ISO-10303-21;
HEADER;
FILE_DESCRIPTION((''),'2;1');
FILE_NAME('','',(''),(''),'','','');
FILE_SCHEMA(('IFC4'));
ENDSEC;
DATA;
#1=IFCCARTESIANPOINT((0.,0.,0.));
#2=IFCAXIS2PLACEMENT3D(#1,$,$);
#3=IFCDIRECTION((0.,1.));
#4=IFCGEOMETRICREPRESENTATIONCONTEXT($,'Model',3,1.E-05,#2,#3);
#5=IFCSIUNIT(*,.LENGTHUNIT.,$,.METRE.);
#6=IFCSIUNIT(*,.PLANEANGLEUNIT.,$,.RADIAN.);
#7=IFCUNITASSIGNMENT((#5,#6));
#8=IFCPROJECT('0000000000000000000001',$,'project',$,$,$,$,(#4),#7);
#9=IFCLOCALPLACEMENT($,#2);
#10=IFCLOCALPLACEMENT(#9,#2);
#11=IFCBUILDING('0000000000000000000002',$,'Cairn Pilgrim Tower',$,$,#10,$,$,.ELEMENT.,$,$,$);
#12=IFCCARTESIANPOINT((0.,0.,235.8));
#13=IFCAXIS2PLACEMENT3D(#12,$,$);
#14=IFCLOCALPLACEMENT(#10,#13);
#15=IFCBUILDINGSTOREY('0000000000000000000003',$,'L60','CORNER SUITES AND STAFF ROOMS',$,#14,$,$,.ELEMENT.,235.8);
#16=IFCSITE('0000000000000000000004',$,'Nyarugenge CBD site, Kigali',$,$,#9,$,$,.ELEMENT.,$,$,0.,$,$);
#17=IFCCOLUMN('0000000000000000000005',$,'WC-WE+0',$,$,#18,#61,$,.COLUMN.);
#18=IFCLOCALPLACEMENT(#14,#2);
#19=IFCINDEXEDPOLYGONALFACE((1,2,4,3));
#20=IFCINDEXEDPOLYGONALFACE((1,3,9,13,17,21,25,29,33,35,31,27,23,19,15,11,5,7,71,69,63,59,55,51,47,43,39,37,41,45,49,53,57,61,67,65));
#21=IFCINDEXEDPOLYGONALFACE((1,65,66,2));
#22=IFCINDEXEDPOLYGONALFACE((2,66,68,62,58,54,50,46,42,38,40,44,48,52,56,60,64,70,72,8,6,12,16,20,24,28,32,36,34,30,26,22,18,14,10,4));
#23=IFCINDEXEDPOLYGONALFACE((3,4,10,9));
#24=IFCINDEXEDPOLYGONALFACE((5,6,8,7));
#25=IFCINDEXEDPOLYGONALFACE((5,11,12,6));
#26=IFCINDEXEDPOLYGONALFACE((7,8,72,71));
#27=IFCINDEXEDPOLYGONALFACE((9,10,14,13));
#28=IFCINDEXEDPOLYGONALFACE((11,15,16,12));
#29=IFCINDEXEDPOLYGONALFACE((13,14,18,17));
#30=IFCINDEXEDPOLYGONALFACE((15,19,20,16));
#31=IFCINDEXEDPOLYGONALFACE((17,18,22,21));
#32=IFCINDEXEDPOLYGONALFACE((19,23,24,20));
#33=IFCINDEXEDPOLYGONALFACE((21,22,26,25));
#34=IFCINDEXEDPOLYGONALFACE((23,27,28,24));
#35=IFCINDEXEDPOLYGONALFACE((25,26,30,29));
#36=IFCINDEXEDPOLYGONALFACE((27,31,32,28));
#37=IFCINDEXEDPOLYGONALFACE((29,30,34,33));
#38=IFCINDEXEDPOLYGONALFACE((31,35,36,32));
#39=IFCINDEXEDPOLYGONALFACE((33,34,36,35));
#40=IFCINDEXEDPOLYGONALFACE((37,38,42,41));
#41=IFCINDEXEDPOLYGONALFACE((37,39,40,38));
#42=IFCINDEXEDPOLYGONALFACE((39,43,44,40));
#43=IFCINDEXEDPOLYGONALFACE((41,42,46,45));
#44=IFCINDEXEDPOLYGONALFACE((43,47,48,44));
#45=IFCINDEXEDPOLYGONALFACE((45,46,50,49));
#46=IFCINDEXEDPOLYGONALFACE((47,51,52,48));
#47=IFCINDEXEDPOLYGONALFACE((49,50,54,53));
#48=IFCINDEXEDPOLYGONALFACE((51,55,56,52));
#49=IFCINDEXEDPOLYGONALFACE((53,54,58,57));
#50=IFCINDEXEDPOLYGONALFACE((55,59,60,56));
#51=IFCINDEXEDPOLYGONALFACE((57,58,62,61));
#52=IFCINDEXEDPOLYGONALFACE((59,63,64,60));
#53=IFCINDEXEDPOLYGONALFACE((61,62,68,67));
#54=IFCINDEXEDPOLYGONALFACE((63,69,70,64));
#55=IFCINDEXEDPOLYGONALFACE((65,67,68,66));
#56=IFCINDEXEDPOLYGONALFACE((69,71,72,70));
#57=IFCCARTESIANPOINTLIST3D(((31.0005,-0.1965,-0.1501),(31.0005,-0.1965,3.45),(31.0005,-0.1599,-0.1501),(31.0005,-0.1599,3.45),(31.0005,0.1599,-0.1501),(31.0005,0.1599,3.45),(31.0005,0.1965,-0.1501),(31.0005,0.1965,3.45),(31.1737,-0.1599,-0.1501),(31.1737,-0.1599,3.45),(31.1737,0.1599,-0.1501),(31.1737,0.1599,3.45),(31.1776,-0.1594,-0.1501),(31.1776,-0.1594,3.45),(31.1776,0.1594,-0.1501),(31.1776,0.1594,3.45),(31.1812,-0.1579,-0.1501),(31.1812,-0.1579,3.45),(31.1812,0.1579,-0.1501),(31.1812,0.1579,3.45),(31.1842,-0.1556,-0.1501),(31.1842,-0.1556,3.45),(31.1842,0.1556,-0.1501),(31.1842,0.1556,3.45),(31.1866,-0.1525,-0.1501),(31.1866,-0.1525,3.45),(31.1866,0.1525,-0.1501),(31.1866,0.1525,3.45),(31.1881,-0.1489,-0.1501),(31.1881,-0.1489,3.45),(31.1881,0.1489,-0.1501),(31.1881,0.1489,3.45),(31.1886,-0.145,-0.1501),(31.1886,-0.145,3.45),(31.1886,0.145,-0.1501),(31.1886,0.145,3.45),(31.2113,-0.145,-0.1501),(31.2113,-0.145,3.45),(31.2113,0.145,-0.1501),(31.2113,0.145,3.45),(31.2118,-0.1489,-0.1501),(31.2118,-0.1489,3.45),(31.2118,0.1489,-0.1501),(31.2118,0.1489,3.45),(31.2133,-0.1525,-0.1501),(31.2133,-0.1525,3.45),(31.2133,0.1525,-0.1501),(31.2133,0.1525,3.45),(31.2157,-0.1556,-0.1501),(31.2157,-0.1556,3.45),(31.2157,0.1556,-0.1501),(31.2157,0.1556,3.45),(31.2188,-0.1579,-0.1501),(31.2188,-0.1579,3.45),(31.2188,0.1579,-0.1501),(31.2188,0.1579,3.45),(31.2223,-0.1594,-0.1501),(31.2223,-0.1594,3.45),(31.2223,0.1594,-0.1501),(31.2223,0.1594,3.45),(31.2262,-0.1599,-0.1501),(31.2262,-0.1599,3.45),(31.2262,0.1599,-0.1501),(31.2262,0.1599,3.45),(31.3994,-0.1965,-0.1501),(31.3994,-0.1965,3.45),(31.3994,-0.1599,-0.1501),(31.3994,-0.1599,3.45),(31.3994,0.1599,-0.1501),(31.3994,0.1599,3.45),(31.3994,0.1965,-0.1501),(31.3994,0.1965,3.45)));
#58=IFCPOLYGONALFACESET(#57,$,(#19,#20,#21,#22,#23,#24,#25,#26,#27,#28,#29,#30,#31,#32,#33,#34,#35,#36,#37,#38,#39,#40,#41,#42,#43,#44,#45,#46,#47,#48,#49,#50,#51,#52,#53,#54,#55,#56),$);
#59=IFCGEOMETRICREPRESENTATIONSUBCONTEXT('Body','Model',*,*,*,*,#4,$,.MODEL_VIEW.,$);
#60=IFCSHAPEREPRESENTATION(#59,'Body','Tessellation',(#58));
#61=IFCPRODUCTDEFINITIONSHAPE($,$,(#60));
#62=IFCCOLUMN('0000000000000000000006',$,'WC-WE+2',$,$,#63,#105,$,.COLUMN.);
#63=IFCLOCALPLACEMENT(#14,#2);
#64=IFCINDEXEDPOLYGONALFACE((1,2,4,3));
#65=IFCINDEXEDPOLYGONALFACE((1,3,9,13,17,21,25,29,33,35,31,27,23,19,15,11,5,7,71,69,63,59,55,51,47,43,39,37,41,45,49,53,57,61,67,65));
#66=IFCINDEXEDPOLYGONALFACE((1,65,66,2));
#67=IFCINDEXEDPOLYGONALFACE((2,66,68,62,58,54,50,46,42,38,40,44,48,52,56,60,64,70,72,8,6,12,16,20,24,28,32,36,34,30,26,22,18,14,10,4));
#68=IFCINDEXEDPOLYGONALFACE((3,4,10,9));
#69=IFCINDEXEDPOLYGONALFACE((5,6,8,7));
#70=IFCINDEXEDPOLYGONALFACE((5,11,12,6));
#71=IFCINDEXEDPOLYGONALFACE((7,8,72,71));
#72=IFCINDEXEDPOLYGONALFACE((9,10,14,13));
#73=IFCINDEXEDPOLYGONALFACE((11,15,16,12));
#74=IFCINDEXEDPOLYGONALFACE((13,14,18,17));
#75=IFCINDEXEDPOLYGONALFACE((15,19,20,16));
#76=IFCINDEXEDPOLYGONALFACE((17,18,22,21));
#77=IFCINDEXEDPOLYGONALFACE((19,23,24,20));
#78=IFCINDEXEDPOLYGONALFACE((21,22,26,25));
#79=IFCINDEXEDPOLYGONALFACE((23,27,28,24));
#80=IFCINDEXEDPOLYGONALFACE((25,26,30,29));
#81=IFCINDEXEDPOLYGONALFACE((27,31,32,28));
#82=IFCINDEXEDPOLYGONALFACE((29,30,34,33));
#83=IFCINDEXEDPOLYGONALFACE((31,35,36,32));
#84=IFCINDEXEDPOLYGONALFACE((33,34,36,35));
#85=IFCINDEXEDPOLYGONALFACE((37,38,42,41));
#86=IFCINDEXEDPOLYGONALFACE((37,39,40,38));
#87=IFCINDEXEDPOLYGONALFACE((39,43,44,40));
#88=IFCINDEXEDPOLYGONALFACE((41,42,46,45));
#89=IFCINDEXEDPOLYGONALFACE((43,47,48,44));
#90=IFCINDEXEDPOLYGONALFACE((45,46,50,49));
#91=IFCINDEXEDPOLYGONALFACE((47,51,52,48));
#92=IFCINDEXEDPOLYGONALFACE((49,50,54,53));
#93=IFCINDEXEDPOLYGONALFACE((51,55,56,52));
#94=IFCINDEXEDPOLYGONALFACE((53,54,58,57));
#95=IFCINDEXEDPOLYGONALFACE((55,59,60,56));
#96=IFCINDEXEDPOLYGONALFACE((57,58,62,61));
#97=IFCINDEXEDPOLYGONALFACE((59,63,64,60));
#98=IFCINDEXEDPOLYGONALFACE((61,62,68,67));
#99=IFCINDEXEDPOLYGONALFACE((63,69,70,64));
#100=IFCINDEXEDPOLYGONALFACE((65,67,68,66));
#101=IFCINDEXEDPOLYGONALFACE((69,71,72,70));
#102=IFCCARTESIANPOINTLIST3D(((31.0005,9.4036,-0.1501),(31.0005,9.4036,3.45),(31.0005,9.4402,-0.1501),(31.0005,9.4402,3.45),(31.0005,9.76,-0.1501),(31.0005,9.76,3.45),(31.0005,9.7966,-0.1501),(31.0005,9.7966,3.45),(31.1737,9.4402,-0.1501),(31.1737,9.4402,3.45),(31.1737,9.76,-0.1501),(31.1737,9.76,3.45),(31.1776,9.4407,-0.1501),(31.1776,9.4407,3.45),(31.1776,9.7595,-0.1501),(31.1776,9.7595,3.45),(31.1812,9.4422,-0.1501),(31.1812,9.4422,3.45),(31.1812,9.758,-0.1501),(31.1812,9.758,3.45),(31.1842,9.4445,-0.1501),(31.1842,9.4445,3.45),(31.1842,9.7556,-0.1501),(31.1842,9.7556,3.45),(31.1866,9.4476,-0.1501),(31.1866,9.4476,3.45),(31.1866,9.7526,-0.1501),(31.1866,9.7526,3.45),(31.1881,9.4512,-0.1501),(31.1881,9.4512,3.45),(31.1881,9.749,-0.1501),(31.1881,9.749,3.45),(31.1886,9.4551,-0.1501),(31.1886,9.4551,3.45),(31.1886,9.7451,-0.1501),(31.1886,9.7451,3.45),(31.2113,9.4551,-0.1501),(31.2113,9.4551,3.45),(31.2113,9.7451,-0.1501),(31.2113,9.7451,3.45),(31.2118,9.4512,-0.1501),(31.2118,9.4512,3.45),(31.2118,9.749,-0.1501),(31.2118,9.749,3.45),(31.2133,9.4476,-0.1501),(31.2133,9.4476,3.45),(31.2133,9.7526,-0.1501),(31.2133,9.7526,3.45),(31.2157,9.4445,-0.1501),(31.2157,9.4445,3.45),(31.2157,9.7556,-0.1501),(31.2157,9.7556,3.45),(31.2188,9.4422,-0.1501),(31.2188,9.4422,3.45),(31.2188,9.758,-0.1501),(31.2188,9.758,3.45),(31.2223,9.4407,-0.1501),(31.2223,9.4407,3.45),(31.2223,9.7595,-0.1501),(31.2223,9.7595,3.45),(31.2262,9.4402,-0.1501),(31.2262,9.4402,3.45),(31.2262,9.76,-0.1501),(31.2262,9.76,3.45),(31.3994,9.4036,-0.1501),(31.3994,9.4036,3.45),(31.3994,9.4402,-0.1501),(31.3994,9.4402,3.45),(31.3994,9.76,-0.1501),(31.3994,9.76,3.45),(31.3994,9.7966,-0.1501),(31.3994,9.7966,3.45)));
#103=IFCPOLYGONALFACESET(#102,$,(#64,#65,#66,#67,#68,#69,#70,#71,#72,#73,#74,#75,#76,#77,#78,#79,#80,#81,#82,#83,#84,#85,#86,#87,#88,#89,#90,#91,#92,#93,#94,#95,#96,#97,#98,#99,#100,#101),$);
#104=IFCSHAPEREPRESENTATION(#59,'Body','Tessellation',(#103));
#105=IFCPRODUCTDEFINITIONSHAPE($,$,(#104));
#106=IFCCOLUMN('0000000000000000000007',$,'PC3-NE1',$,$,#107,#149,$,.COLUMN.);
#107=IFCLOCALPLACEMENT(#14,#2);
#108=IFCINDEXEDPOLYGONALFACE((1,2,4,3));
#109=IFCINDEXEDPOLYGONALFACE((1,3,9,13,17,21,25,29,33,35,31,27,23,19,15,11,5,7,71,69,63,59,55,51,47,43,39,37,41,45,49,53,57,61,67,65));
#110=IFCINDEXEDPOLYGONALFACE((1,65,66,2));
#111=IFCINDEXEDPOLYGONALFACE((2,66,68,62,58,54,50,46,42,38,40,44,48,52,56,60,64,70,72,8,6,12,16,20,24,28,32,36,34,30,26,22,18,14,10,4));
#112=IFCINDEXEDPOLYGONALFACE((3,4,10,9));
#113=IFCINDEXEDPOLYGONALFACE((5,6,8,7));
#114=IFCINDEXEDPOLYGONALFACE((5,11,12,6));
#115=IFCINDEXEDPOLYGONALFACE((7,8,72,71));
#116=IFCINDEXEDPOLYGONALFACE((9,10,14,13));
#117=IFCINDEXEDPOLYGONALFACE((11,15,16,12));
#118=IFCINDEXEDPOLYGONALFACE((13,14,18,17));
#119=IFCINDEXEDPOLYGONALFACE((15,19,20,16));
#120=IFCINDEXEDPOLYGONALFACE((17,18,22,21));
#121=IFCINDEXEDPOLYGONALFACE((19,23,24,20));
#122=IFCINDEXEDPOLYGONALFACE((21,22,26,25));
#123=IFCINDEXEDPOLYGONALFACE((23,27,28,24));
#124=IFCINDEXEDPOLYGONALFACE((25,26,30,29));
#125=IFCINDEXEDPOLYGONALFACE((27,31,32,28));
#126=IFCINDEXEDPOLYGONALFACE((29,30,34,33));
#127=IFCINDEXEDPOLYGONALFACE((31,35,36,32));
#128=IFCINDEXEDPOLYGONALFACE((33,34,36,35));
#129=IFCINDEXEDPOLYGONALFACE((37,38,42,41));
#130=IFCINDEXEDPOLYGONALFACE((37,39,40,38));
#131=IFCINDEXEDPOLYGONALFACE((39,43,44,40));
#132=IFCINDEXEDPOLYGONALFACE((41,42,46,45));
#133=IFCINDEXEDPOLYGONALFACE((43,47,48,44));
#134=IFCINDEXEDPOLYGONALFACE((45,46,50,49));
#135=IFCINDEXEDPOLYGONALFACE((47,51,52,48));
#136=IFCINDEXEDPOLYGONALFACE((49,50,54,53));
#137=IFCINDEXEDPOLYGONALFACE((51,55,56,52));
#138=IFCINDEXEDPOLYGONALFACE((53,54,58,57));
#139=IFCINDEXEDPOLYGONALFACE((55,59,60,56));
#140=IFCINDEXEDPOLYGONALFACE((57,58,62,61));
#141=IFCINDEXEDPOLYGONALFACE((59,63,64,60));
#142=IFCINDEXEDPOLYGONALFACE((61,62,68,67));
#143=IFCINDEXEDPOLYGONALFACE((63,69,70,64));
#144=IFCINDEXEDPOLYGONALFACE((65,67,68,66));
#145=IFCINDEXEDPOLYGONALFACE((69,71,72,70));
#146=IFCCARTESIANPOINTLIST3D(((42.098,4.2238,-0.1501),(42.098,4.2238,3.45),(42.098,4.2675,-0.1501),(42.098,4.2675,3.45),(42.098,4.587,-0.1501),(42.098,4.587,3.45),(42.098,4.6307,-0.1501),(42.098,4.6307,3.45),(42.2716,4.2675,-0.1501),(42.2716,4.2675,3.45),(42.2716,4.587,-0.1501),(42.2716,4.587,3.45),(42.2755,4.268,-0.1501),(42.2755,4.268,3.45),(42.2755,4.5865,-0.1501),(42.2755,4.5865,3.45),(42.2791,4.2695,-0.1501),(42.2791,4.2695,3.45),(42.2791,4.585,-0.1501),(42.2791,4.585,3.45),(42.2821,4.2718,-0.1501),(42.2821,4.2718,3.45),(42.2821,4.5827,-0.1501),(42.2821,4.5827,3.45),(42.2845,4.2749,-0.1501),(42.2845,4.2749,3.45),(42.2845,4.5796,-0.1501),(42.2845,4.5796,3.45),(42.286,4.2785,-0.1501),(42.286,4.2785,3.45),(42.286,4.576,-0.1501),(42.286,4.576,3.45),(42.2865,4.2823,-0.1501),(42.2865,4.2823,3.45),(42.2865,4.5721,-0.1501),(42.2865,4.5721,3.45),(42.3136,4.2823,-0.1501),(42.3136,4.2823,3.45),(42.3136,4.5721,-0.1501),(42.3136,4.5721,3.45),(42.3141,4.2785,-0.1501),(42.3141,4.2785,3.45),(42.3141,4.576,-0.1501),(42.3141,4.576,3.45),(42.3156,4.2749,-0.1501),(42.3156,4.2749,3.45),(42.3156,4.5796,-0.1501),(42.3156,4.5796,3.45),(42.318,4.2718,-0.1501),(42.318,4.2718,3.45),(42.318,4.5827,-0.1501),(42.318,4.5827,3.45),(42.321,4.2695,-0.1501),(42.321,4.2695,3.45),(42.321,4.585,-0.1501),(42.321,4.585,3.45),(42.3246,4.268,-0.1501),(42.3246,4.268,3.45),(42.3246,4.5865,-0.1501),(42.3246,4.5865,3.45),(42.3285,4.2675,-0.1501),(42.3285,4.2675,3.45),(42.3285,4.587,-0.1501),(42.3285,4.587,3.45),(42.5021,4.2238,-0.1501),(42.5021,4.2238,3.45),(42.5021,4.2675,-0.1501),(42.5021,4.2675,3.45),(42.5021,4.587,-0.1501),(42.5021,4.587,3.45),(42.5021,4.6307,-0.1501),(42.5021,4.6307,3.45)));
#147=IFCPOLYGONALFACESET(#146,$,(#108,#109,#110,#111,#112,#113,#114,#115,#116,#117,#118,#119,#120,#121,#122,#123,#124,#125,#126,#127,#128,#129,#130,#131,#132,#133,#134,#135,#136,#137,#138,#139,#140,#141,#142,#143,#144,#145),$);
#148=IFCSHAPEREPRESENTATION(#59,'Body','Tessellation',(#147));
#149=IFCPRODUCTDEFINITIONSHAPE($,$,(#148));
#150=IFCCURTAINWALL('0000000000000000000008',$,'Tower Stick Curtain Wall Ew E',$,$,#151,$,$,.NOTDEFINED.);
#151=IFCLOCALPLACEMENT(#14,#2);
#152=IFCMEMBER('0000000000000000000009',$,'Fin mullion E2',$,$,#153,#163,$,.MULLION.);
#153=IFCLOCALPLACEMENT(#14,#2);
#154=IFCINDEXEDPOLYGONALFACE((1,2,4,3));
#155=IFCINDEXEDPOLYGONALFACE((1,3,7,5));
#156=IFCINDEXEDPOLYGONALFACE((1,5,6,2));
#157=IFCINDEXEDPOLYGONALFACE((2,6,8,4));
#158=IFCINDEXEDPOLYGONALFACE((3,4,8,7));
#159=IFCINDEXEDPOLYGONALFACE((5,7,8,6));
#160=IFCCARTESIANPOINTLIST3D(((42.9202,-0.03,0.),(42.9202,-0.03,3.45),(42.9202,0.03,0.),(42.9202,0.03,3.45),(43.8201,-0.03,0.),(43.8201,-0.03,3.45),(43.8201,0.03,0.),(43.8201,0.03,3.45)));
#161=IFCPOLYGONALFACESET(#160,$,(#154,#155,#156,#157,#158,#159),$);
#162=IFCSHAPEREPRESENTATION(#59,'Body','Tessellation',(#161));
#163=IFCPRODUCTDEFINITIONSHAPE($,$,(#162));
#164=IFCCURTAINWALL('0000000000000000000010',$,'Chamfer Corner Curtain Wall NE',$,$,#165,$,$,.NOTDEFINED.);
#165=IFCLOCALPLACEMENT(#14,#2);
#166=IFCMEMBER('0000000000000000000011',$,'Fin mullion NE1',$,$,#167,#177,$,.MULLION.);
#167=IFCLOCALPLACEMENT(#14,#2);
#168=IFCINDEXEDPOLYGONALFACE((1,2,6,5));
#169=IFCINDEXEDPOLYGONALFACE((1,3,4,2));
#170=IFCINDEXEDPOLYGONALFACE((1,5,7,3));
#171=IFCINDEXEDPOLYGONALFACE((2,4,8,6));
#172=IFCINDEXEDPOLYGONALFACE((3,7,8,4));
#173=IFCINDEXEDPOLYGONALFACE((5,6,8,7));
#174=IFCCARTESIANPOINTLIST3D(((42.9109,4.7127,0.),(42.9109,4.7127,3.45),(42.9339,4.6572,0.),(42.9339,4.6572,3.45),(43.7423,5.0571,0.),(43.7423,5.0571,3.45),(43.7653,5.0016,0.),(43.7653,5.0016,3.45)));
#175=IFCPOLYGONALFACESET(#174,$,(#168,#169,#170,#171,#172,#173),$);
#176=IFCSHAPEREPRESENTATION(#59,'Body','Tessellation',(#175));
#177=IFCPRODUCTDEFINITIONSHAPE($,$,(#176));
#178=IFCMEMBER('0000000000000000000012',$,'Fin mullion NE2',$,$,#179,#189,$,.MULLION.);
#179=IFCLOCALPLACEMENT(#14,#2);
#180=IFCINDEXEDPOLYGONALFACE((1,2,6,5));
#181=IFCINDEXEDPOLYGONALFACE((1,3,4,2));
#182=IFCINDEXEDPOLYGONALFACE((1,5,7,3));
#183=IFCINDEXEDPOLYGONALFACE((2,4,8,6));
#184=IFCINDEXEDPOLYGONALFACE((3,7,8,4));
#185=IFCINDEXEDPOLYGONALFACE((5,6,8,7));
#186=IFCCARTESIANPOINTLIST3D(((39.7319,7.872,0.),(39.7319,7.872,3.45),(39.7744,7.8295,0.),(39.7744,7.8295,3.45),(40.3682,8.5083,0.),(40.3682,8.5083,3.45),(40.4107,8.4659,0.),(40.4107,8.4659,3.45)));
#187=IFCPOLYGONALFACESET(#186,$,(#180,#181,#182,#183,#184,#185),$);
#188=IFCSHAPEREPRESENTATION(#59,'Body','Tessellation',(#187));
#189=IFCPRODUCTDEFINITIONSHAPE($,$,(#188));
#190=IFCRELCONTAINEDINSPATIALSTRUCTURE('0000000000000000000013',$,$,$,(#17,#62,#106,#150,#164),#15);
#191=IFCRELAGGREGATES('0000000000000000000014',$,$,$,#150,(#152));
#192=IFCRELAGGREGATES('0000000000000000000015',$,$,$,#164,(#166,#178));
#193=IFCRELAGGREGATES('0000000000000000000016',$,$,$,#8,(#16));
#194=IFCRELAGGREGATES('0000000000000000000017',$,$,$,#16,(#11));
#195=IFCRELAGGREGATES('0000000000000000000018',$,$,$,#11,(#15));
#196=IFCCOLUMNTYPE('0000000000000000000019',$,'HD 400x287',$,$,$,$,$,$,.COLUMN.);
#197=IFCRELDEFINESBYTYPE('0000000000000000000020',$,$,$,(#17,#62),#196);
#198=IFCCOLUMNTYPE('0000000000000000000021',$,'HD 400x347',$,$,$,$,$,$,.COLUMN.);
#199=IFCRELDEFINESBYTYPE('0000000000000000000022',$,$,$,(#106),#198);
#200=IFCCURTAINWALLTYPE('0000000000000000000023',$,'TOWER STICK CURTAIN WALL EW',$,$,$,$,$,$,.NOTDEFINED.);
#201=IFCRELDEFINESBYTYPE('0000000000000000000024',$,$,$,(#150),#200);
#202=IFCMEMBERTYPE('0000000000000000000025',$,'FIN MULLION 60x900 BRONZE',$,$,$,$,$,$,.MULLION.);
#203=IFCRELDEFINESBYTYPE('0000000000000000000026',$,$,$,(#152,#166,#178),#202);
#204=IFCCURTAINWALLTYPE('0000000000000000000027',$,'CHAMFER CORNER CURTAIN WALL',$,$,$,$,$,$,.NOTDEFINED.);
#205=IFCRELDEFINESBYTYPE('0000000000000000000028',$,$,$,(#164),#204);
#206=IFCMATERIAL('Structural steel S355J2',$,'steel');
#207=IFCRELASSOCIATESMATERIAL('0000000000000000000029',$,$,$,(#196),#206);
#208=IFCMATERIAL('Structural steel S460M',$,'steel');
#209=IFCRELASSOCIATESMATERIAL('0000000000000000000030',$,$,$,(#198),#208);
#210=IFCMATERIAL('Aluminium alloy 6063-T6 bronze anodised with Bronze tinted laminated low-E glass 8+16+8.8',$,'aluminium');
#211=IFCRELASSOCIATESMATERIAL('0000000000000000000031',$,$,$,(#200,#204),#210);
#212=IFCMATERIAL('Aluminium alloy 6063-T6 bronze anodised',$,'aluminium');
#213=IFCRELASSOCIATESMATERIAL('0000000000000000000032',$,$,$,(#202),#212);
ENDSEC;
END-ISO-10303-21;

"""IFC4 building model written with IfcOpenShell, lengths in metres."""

from ifc_helpers import new_model, si_unit, direction, frame, origin, origin_2d, place, context, subcontext, project, spatial, rectangle, i_section, extrude, material, material_profile, profile_set, type_object, element, aggregate, save


model = new_model("IFC4")

# Units and contexts
model_context = context("Model", 3, precision=1e-05, world=origin(), true_north=direction((0.0, 1.0)))
body_context = subcontext(model_context, "Body", "Model", "MODEL_VIEW")
ifc_project = project(units=[si_unit("LENGTHUNIT", "METRE"), si_unit("PLANEANGLEUNIT", "RADIAN")], contexts=[model_context])

# Site, building, storey
site_placement = place(None, origin())
site = spatial("IfcSite", under=ifc_project, at=site_placement, Name="Nyarugenge CBD site, Kigali", CompositionType="ELEMENT", RefElevation=0.0)
building_placement = place(site_placement, origin())
building = spatial("IfcBuilding", under=site, at=building_placement, Name="Cairn Pilgrim Tower", CompositionType="ELEMENT")
storey_placement = place(building_placement, frame((0.0, 0.0, 235.8)))
storey = spatial("IfcBuildingStorey", under=building, at=storey_placement, Name="L60", Description="CORNER SUITES AND STAFF ROOMS", CompositionType="ELEMENT", Elevation=235.8)

# Columns
ifc_material_1 = material(Name="Structural steel S355J2", Category="steel")
ifc_material_profile_1 = material_profile(ifc_material_1, i_section(OverallWidth=0.3989, OverallDepth=0.3931, WebThickness=0.0227, FlangeThickness=0.0366, FilletRadius=0.0149, at=origin_2d()), Name="HD 400x287")
ifc_profile_set_1 = profile_set([ifc_material_profile_1], Name="Structural steel S355J2")
column_type_1 = type_object("IfcColumnType", Name="HD 400x287", PredefinedType="COLUMN", material=ifc_profile_set_1)
for number, where, z_axis, x_axis, name in (
    (1, (31.2, 0.0, -0.1501), (0.0, 0.0, 1.0), (1.0, 0.0, 0.0), "WC-WE+0"),
    (2, (31.2, 9.6001, -0.1501), (0.0, 0.0, 1.0), (1.0, 0.0, 0.0), "WC-WE+2"),
):
    element("IfcColumn", number, at=place(storey_placement, frame(where, z_axis=z_axis, x_axis=x_axis)), inside=storey, type_object=column_type_1, Name=name, PredefinedType="COLUMN", context=body_context, shape_type="SweptSolid", body=[
        extrude(i_section(OverallWidth=0.3989, OverallDepth=0.3931, WebThickness=0.0227, FlangeThickness=0.0366, FilletRadius=0.0149, at=origin_2d()), origin(), (0.0, 0.0, 1.0), 3.6001),
    ])
ifc_material_2 = material(Name="Structural steel S460M", Category="steel")
ifc_material_profile_2 = material_profile(ifc_material_2, i_section(OverallWidth=0.4041, OverallDepth=0.407, WebThickness=0.0271, FlangeThickness=0.0437, FilletRadius=0.0149, at=origin_2d()), Name="HD 400x347")
ifc_profile_set_2 = profile_set([ifc_material_profile_2], Name="Structural steel S460M")
column_type_2 = type_object("IfcColumnType", Name="HD 400x347", PredefinedType="COLUMN", material=ifc_profile_set_2)
column_placement = place(storey_placement, frame((42.3, 4.4272, -0.1501), z_axis=(0.0, 0.0, 1.0), x_axis=(1.0, 0.0, 0.0)))
element("IfcColumn", 3, at=column_placement, inside=storey, type_object=column_type_2, Name="PC3-NE1", PredefinedType="COLUMN", context=body_context, shape_type="SweptSolid", body=[
    extrude(i_section(OverallWidth=0.4041, OverallDepth=0.407, WebThickness=0.0271, FlangeThickness=0.0437, FilletRadius=0.0149, at=origin_2d()), origin(), (0.0, 0.0, 1.0), 3.6001),
])

# Curtain wall, member
ifc_material_3 = material(Name="Aluminium alloy 6063-T6 bronze anodised with Bronze tinted laminated low-E glass 8+16+8.8", Category="aluminium")
curtain_wall_type_1 = type_object("IfcCurtainWallType", Name="TOWER STICK CURTAIN WALL EW", PredefinedType="NOTDEFINED", material=ifc_material_3)
curtain_wall_1_placement = place(storey_placement, origin())
curtain_wall_1 = element("IfcCurtainWall", 4, at=curtain_wall_1_placement, inside=storey, type_object=curtain_wall_type_1, Name="Tower Stick Curtain Wall Ew E", PredefinedType="NOTDEFINED")
ifc_material_4 = material(Name="Aluminium alloy 6063-T6 bronze anodised", Category="aluminium")
ifc_material_profile_3 = material_profile(ifc_material_4, rectangle(XDim=0.8999, YDim=0.0601, at=origin_2d()), Name="FIN MULLION 60x900 BRONZE")
ifc_profile_set_3 = profile_set([ifc_material_profile_3], Name="Aluminium alloy 6063-T6 bronze anodised")
member_type_1 = type_object("IfcMemberType", Name="FIN MULLION 60x900 BRONZE", PredefinedType="MULLION", material=ifc_profile_set_3)
member_1_placement = place(storey_placement, frame((43.3701, 0.0, 0.0), z_axis=(0.0, 0.0, 1.0), x_axis=(1.0, 0.0, 0.0)))
member_1 = element("IfcMember", 5, at=member_1_placement, type_object=member_type_1, Name="Fin mullion E2", PredefinedType="MULLION", context=body_context, shape_type="SweptSolid", body=[
    extrude(rectangle(XDim=0.8999, YDim=0.0601, at=origin_2d()), origin(), (0.0, 0.0, 1.0), 3.45),
])
aggregate(curtain_wall_1, [member_1])

# Curtain wall, members
curtain_wall_type_2 = type_object("IfcCurtainWallType", Name="CHAMFER CORNER CURTAIN WALL", PredefinedType="NOTDEFINED", material=ifc_material_3)
curtain_wall_2_placement = place(storey_placement, origin())
curtain_wall_2 = element("IfcCurtainWall", 6, at=curtain_wall_2_placement, inside=storey, type_object=curtain_wall_type_2, Name="Chamfer Corner Curtain Wall NE", PredefinedType="NOTDEFINED")
member_2_placement = place(storey_placement, frame((43.3381, 4.8572, 0.0), z_axis=(0.0, 0.0, 1.0), x_axis=(0.92388, 0.382683, 0.0)))
member_2 = element("IfcMember", 7, at=member_2_placement, type_object=member_type_1, Name="Fin mullion NE1", PredefinedType="MULLION", context=body_context, shape_type="SweptSolid", body=[
    extrude(rectangle(XDim=0.8999, YDim=0.0601, at=origin_2d()), origin(), (0.0, 0.0, 1.0), 3.45),
])
member_3_placement = place(storey_placement, frame((40.0713, 8.1689, 0.0), z_axis=(0.0, 0.0, 1.0), x_axis=(0.707107, 0.707107, 0.0)))
member_3 = element("IfcMember", 8, at=member_3_placement, type_object=member_type_1, Name="Fin mullion NE2", PredefinedType="MULLION", context=body_context, shape_type="SweptSolid", body=[
    extrude(rectangle(XDim=0.8999, YDim=0.0601, at=origin_2d()), origin(), (0.0, 0.0, 1.0), 3.45),
])

aggregate(curtain_wall_2, [member_2, member_3])

save(model, "model.ifc")
